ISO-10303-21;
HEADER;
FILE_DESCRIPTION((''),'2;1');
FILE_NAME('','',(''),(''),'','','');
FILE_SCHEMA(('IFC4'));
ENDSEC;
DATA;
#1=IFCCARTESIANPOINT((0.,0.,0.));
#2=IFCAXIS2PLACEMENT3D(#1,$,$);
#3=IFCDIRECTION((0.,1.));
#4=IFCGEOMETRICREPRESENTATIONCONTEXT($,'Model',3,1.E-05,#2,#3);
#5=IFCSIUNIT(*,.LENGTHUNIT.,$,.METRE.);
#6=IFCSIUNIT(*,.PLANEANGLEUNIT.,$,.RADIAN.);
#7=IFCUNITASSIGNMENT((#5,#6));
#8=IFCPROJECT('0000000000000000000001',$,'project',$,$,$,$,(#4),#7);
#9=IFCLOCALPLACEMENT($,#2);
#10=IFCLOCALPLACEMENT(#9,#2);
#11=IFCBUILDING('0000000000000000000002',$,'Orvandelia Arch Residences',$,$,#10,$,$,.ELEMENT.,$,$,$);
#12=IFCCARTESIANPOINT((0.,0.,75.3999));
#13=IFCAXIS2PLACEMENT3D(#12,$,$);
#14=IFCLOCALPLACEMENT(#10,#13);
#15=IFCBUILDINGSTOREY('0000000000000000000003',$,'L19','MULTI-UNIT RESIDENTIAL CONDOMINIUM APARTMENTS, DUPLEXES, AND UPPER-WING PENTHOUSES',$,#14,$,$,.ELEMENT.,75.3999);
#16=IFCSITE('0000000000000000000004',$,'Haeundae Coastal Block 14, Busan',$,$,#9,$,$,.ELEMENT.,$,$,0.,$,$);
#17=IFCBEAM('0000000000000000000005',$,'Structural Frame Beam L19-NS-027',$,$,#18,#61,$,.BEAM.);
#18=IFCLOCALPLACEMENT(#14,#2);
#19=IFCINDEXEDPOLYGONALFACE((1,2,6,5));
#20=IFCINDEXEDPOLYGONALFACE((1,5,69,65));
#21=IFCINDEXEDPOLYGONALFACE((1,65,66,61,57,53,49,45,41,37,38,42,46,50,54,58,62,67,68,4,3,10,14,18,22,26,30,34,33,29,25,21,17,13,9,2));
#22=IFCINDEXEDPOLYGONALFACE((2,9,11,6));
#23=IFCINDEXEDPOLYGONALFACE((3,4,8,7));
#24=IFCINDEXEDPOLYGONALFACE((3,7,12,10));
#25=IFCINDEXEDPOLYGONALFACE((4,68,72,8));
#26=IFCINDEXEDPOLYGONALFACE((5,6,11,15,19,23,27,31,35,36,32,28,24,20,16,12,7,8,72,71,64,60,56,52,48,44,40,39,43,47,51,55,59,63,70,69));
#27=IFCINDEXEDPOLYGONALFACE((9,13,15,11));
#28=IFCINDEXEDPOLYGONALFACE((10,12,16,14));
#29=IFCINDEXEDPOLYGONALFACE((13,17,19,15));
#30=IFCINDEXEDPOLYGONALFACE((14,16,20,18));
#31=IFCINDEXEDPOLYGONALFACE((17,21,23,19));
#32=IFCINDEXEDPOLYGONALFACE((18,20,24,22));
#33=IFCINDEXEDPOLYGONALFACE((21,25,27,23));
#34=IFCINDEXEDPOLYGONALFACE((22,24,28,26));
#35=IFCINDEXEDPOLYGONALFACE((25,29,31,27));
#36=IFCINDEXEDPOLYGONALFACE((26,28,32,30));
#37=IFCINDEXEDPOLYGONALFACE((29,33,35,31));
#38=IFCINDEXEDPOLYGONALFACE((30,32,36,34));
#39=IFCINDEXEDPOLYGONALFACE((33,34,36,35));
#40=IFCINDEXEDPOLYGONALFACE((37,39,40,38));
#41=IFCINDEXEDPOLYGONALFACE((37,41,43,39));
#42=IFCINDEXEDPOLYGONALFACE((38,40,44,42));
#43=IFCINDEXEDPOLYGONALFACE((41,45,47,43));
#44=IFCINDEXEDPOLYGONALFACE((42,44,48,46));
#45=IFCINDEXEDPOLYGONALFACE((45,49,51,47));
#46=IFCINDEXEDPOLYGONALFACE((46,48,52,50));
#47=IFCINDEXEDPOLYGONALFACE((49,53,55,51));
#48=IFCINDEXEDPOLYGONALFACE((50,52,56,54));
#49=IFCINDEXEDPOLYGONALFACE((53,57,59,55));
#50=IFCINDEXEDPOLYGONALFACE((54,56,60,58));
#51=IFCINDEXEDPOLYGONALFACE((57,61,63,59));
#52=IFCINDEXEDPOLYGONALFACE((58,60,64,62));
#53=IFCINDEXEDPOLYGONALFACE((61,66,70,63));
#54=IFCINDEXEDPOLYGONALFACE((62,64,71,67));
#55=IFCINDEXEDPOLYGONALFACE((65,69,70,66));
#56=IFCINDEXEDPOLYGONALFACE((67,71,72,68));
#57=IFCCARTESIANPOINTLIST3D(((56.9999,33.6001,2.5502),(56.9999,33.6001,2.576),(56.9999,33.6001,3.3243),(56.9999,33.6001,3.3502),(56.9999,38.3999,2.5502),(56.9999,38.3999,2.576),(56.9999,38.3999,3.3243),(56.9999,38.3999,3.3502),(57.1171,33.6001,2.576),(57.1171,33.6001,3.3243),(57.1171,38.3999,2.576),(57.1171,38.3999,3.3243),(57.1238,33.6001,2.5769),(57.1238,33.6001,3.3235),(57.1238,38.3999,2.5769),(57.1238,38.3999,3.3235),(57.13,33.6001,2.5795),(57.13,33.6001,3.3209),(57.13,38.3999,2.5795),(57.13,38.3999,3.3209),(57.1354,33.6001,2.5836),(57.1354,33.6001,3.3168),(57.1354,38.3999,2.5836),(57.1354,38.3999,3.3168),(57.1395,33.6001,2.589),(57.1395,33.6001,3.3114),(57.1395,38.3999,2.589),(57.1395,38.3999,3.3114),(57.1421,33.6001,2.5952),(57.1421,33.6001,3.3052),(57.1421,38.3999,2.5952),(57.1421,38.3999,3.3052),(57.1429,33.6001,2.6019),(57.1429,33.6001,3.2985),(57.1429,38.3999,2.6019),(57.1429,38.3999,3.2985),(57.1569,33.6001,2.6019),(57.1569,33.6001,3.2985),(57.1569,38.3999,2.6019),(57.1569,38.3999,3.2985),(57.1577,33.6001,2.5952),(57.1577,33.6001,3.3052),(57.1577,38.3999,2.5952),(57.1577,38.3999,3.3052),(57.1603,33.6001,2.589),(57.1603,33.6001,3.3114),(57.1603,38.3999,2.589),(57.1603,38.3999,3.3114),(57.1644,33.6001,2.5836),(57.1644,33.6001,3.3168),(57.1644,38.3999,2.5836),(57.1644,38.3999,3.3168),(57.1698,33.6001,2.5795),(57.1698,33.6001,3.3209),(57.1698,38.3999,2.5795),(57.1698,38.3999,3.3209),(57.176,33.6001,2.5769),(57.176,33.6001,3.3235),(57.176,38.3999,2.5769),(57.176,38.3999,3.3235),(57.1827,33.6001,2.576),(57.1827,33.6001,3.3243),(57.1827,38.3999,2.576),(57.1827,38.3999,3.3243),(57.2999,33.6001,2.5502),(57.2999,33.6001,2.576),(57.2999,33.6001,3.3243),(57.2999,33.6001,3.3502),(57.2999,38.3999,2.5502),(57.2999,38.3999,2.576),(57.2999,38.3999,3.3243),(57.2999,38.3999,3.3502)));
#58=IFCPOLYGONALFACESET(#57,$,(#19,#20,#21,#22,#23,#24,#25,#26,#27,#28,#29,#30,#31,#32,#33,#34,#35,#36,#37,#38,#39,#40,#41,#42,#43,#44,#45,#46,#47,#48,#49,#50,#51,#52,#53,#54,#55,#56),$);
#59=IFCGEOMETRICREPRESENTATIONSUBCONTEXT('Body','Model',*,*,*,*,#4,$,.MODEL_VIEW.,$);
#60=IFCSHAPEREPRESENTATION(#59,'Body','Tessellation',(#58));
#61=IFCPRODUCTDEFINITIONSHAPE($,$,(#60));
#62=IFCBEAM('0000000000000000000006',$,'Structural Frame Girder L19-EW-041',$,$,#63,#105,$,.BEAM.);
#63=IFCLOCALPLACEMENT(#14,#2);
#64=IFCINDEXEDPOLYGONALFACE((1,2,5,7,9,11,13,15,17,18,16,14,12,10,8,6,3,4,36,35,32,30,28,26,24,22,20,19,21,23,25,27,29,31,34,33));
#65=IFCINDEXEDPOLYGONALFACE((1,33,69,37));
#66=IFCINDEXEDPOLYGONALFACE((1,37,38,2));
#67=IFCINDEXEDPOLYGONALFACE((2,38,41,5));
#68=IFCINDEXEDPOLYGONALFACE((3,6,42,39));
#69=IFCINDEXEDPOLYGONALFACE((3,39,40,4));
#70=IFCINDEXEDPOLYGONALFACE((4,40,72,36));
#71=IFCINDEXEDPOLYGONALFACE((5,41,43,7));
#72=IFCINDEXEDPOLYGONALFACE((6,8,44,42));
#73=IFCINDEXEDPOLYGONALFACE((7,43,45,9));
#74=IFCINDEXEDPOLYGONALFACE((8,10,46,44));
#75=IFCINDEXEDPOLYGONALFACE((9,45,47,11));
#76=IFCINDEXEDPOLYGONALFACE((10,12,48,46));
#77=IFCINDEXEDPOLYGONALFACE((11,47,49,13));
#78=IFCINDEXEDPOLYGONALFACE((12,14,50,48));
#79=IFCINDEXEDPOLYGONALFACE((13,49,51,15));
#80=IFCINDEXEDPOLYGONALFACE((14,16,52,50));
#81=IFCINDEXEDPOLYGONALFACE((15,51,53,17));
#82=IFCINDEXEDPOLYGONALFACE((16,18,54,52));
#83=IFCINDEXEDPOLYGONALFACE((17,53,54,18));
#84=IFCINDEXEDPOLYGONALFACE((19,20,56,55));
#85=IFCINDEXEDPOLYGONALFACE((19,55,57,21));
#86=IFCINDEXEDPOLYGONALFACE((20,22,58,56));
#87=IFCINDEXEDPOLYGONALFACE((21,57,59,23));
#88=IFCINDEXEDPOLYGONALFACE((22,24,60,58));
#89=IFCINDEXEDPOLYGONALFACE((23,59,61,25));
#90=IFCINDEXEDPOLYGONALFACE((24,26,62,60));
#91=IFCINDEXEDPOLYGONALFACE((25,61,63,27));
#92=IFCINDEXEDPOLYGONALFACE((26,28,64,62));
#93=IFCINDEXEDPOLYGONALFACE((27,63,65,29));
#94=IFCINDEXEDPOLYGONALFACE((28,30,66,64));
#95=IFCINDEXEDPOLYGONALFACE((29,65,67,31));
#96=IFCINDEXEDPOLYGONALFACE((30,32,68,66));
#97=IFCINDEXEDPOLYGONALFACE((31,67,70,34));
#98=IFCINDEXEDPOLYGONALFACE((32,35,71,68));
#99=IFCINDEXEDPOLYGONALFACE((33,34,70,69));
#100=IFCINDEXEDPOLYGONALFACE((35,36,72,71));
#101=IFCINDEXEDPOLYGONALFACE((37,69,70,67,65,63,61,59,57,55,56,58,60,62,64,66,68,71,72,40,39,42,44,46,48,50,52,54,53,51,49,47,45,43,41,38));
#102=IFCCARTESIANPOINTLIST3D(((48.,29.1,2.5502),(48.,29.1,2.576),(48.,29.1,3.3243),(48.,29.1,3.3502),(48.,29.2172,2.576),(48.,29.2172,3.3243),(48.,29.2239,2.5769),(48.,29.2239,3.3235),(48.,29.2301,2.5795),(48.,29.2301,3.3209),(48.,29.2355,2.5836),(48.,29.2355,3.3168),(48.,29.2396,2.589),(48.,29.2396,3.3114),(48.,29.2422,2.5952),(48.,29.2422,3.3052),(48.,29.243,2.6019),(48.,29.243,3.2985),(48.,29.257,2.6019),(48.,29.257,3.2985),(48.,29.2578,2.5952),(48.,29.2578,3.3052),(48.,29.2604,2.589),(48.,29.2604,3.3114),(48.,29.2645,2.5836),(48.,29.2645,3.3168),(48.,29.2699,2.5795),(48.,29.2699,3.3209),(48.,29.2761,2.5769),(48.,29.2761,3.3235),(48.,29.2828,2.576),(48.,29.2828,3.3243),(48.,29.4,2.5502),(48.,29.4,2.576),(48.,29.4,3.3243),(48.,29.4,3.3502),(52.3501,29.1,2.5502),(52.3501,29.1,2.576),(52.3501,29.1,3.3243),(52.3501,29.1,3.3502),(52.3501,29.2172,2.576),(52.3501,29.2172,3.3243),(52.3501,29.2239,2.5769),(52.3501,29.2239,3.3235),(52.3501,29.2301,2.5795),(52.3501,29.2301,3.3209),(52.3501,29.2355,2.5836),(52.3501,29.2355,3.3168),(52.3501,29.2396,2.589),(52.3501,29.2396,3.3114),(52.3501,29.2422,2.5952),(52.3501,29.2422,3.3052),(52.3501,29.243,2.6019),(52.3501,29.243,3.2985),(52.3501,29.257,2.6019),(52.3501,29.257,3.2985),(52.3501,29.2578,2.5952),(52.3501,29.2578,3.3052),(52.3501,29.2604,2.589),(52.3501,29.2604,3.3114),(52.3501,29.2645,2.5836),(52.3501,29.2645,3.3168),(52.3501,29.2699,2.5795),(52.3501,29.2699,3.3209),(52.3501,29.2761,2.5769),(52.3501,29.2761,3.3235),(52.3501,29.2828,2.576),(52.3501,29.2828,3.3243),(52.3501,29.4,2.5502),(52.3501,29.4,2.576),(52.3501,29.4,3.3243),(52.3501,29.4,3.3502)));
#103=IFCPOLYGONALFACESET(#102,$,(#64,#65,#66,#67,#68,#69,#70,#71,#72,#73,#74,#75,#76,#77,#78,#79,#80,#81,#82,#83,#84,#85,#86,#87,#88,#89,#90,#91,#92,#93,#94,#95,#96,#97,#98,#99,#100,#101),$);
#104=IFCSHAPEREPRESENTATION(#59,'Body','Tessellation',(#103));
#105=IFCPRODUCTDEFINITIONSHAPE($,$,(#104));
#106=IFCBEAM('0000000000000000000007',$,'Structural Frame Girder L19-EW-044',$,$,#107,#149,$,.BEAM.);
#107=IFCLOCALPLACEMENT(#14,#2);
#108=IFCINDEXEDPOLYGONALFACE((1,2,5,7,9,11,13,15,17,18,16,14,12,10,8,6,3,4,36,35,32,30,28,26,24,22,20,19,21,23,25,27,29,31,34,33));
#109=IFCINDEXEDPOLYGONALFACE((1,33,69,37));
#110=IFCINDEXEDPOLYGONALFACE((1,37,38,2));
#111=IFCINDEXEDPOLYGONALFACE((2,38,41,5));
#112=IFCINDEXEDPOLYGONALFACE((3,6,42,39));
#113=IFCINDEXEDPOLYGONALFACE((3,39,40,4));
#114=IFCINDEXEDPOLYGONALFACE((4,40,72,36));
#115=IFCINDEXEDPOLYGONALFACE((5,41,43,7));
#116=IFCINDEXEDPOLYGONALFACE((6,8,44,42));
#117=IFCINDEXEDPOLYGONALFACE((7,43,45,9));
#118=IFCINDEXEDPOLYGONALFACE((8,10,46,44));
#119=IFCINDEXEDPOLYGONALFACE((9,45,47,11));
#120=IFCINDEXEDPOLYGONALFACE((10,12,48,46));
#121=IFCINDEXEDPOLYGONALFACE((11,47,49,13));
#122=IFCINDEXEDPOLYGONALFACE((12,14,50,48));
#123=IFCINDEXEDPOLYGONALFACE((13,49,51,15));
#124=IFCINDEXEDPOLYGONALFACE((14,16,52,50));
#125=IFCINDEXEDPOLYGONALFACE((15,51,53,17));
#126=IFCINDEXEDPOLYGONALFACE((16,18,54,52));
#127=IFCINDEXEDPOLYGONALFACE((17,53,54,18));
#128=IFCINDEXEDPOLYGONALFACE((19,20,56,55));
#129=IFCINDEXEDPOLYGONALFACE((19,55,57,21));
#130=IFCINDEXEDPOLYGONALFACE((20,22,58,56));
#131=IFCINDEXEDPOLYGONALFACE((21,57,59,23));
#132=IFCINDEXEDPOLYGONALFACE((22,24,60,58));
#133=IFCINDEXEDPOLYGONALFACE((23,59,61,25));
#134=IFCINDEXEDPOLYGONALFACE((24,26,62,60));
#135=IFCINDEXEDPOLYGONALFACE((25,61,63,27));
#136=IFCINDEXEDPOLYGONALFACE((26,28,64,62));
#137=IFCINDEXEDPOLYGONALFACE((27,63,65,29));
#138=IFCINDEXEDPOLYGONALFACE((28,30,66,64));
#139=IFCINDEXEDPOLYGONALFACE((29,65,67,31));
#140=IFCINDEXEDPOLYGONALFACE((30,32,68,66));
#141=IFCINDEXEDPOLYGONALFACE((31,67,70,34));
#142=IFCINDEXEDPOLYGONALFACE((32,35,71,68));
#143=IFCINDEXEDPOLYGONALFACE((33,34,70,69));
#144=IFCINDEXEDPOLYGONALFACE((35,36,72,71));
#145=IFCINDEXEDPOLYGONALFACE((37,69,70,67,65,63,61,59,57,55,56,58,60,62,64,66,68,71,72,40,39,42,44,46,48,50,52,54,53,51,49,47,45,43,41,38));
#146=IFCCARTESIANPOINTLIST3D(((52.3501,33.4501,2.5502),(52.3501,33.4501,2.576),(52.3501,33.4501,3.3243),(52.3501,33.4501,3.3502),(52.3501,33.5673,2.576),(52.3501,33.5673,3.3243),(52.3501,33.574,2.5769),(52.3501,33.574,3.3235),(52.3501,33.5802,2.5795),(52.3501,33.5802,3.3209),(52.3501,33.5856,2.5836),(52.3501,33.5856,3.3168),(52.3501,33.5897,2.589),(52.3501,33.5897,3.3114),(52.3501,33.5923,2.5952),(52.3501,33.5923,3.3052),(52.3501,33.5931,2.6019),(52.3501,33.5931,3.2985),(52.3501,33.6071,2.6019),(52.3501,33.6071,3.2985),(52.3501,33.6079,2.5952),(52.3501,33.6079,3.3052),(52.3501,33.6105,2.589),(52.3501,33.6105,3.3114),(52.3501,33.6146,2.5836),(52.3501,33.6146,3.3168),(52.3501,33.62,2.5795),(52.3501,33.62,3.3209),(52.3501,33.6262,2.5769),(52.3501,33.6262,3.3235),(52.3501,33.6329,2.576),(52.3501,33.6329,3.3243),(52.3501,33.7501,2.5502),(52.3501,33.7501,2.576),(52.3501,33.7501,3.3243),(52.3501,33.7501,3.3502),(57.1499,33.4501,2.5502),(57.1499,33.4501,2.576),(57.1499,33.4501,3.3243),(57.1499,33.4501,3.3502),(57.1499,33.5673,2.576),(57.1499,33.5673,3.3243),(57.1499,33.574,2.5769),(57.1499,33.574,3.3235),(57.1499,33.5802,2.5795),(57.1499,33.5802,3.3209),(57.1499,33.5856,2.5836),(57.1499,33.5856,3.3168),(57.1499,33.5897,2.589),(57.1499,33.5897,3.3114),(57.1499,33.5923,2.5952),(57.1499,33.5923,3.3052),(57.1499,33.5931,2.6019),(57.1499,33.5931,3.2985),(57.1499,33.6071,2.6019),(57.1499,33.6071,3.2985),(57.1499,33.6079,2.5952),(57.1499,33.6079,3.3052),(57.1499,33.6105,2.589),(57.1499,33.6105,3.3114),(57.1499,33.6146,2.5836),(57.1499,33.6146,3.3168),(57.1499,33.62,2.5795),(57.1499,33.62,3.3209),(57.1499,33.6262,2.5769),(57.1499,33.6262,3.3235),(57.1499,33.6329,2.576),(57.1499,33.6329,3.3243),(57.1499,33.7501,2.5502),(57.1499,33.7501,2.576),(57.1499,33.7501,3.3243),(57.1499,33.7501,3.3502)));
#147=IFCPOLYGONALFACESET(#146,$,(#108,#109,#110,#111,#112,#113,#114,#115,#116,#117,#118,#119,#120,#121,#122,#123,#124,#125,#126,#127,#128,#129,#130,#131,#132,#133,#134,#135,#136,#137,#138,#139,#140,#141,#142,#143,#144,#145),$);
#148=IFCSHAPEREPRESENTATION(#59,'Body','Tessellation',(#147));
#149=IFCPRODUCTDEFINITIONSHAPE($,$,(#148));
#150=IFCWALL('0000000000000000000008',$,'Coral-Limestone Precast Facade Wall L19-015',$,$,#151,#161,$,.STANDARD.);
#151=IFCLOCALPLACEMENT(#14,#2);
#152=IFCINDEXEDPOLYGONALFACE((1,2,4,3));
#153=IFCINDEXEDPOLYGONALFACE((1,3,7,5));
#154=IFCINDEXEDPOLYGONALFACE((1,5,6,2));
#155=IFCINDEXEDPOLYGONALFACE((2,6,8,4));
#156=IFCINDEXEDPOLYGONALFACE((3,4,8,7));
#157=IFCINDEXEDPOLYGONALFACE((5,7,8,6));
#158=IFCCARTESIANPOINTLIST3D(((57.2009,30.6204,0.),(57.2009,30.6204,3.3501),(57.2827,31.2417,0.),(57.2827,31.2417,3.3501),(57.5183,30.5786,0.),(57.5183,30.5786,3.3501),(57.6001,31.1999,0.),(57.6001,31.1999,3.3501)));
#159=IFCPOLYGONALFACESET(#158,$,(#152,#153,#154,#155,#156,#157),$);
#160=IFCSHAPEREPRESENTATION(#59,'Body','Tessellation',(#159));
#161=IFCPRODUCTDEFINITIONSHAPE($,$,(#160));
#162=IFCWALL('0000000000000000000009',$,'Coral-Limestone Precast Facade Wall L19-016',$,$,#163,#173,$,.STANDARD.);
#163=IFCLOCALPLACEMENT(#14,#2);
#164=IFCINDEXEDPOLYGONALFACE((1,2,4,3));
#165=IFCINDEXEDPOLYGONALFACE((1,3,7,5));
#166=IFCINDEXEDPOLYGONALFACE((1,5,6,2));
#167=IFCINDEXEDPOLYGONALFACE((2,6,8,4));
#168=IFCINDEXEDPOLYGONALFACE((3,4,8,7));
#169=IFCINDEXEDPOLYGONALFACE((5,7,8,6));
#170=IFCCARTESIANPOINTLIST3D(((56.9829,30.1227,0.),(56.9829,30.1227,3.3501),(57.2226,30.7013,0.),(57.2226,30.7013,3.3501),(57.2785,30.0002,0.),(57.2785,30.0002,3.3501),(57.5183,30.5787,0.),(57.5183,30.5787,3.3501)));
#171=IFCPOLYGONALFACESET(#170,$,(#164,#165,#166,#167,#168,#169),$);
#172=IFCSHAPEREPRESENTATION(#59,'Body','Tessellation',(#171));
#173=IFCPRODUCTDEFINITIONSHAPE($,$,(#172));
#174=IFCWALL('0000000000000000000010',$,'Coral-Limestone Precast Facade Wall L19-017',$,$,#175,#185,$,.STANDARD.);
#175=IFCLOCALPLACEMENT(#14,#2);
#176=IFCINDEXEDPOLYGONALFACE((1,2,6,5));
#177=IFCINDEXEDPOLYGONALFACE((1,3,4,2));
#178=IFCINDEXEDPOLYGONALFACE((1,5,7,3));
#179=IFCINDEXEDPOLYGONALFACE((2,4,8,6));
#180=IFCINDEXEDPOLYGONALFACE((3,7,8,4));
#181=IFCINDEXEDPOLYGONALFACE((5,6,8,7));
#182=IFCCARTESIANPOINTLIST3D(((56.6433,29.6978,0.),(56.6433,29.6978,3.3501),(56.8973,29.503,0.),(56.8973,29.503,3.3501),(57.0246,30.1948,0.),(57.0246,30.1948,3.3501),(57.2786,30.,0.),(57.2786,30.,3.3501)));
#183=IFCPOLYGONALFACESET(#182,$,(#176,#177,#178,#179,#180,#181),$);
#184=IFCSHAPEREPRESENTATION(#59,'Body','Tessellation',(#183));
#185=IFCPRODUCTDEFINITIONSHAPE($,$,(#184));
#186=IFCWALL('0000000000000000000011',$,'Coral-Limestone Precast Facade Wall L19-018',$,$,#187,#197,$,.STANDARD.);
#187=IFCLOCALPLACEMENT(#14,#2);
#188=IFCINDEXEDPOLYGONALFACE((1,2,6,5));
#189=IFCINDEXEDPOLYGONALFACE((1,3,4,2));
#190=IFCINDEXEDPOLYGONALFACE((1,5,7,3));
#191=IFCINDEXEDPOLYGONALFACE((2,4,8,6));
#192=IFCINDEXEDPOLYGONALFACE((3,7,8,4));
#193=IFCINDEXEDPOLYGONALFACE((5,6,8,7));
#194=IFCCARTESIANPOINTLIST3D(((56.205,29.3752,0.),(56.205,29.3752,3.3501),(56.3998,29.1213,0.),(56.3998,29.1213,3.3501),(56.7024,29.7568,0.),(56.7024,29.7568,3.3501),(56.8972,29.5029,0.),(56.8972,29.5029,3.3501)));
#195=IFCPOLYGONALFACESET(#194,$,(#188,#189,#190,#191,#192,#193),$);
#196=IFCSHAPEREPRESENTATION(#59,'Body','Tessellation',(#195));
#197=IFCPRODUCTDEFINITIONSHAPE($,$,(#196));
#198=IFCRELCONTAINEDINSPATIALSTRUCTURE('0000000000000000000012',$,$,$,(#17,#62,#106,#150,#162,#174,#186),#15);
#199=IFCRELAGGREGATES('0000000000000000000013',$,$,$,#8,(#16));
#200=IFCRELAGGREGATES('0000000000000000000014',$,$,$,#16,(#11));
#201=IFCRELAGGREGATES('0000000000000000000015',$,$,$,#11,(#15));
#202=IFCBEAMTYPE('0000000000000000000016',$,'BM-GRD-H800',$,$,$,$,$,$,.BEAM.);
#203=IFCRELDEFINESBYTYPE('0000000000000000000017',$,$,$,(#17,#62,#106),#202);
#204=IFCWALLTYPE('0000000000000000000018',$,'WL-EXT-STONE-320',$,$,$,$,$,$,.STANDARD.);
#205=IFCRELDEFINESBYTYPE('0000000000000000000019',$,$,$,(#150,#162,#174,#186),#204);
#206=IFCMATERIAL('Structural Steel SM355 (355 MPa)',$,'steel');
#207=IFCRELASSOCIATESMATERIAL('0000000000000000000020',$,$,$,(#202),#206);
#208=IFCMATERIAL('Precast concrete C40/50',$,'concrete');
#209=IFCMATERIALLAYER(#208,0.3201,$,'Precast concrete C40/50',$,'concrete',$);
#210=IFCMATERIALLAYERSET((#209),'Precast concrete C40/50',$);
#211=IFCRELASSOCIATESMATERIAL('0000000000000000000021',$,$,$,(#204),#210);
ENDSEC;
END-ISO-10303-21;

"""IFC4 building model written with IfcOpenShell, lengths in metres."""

from ifc_helpers import new_model, si_unit, direction, frame, frame_2d, origin, origin_2d, place, context, subcontext, project, spatial, rectangle, i_section, extrude, material, layer, layer_set, material_profile, profile_set, type_object, element, save


model = new_model("IFC4")

# Units and contexts
model_context = context("Model", 3, precision=1e-05, world=origin(), true_north=direction((0.0, 1.0)))
body_context = subcontext(model_context, "Body", "Model", "MODEL_VIEW")
ifc_project = project(units=[si_unit("LENGTHUNIT", "METRE"), si_unit("PLANEANGLEUNIT", "RADIAN")], contexts=[model_context])

# Site, building, storey
site_placement = place(None, origin())
site = spatial("IfcSite", under=ifc_project, at=site_placement, Name="Haeundae Coastal Block 14, Busan", CompositionType="ELEMENT", RefElevation=0.0)
building_placement = place(site_placement, origin())
building = spatial("IfcBuilding", under=site, at=building_placement, Name="Orvandelia Arch Residences", CompositionType="ELEMENT")
storey_placement = place(building_placement, frame((0.0, 0.0, 75.3999)))
storey = spatial("IfcBuildingStorey", under=building, at=storey_placement, Name="L19", Description="MULTI-UNIT RESIDENTIAL CONDOMINIUM APARTMENTS, DUPLEXES, AND UPPER-WING PENTHOUSES", CompositionType="ELEMENT", Elevation=75.3999)

# Beams
ifc_material_1 = material(Name="Structural Steel SM355 (355 MPa)", Category="steel")
ifc_material_profile_1 = material_profile(ifc_material_1, i_section(OverallWidth=0.3, OverallDepth=0.8, WebThickness=0.0139, FlangeThickness=0.0259, FilletRadius=0.0259, at=origin_2d()), Name="Structural Steel SM355 (355 MPa)", Category="steel")
ifc_profile_set_1 = profile_set([ifc_material_profile_1], Name="Structural Steel SM355 (355 MPa)")
beam_type = type_object("IfcBeamType", Name="BM-GRD-H800", PredefinedType="BEAM", material=ifc_profile_set_1)
for number, where, z_axis, x_axis, name in (
    (1, (57.1499, 33.6001, 2.9502), (0.0, 1.0, 0.0), (-1.0, 0.0, 0.0), "Structural Frame Beam L19-NS-027"),
):
    element("IfcBeam", number, at=place(storey_placement, frame(where, z_axis=z_axis, x_axis=x_axis)), inside=storey, type_object=beam_type, Name=name, PredefinedType="BEAM", context=body_context, shape_type="SweptSolid", body=[
        extrude(i_section(OverallWidth=0.3, OverallDepth=0.8, WebThickness=0.0139, FlangeThickness=0.0259, FilletRadius=0.0259, at=origin_2d()), origin(), (0.0, 0.0, 1.0), 4.7998),
    ])
beam_1_placement = place(storey_placement, frame((48.0, 29.25, 2.9502), z_axis=(1.0, 0.0, 0.0), x_axis=(0.0, 1.0, 0.0)))
element("IfcBeam", 2, at=beam_1_placement, inside=storey, type_object=beam_type, Name="Structural Frame Girder L19-EW-041", PredefinedType="BEAM", context=body_context, shape_type="SweptSolid", body=[
    extrude(i_section(OverallWidth=0.3, OverallDepth=0.8, WebThickness=0.0139, FlangeThickness=0.0259, FilletRadius=0.0259, at=origin_2d()), origin(), (0.0, 0.0, 1.0), 4.3501),
])
beam_2_placement = place(storey_placement, frame((52.3501, 33.6001, 2.9502), z_axis=(1.0, 0.0, 0.0), x_axis=(0.0, 1.0, 0.0)))
element("IfcBeam", 3, at=beam_2_placement, inside=storey, type_object=beam_type, Name="Structural Frame Girder L19-EW-044", PredefinedType="BEAM", context=body_context, shape_type="SweptSolid", body=[
    extrude(i_section(OverallWidth=0.3, OverallDepth=0.8, WebThickness=0.0139, FlangeThickness=0.0259, FilletRadius=0.0259, at=origin_2d()), origin(), (0.0, 0.0, 1.0), 4.7998),
])

# Walls
ifc_material_2 = material(Name="Precast concrete C40/50", Category="concrete")
ifc_layer_1 = layer(ifc_material_2, 0.3201, Name="Precast concrete C40/50", Category="concrete")
ifc_layer_set_1 = layer_set([ifc_layer_1], Name="Precast concrete C40/50")
wall_type_1 = type_object("IfcWallType", Name="WL-EXT-STONE-320", PredefinedType="STANDARD", material=ifc_layer_set_1)
wall_1_placement = place(storey_placement, frame((57.4414, 31.2209, 0.0), z_axis=(0.0, 0.0, 1.0), x_axis=(-0.130505, -0.991448, 0.0)))
element("IfcWall", 4, at=wall_1_placement, inside=storey, type_object=wall_type_1, Name="Coral-Limestone Precast Facade Wall L19-015", PredefinedType="STANDARD", context=body_context, shape_type="SweptSolid", body=[
    extrude(rectangle(XDim=0.6267, YDim=0.3201, at=frame_2d((0.3135, 0.0))), origin(), (0.0, 0.0, 1.0), 3.3501),
])
wall_2_placement = place(storey_placement, frame((57.3704, 30.6399, 0.0), z_axis=(0.0, 0.0, 1.0), x_axis=(-0.382788, -0.923836, 0.0)))
element("IfcWall", 5, at=wall_2_placement, inside=storey, type_object=wall_type_1, Name="Coral-Limestone Precast Facade Wall L19-016", PredefinedType="STANDARD", context=body_context, shape_type="SweptSolid", body=[
    extrude(rectangle(XDim=0.6262, YDim=0.3201, at=frame_2d((0.313, 0.0))), origin(), (0.0, 0.0, 1.0), 3.3501),
])
wall_3_placement = place(storey_placement, frame((57.1516, 30.0974, 0.0), z_axis=(0.0, 0.0, 1.0), x_axis=(-0.608693, -0.793406, 0.0)))
element("IfcWall", 6, at=wall_3_placement, inside=storey, type_object=wall_type_1, Name="Coral-Limestone Precast Facade Wall L19-017", PredefinedType="STANDARD", context=body_context, shape_type="SweptSolid", body=[
    extrude(rectangle(XDim=0.6265, YDim=0.3201, at=frame_2d((0.3132, 0.0))), origin(), (0.0, 0.0, 1.0), 3.3501),
])
wall_4_placement = place(storey_placement, frame((56.7998, 29.6299, 0.0), z_axis=(0.0, 0.0, 1.0), x_axis=(-0.793362, -0.60875, 0.0)))
element("IfcWall", 7, at=wall_4_placement, inside=storey, type_object=wall_type_1, Name="Coral-Limestone Precast Facade Wall L19-018", PredefinedType="STANDARD", context=body_context, shape_type="SweptSolid", body=[
    extrude(rectangle(XDim=0.627, YDim=0.3201, at=frame_2d((0.3135, 0.0))), origin(), (0.0, 0.0, 1.0), 3.3501),
])

save(model, "model.ifc")
